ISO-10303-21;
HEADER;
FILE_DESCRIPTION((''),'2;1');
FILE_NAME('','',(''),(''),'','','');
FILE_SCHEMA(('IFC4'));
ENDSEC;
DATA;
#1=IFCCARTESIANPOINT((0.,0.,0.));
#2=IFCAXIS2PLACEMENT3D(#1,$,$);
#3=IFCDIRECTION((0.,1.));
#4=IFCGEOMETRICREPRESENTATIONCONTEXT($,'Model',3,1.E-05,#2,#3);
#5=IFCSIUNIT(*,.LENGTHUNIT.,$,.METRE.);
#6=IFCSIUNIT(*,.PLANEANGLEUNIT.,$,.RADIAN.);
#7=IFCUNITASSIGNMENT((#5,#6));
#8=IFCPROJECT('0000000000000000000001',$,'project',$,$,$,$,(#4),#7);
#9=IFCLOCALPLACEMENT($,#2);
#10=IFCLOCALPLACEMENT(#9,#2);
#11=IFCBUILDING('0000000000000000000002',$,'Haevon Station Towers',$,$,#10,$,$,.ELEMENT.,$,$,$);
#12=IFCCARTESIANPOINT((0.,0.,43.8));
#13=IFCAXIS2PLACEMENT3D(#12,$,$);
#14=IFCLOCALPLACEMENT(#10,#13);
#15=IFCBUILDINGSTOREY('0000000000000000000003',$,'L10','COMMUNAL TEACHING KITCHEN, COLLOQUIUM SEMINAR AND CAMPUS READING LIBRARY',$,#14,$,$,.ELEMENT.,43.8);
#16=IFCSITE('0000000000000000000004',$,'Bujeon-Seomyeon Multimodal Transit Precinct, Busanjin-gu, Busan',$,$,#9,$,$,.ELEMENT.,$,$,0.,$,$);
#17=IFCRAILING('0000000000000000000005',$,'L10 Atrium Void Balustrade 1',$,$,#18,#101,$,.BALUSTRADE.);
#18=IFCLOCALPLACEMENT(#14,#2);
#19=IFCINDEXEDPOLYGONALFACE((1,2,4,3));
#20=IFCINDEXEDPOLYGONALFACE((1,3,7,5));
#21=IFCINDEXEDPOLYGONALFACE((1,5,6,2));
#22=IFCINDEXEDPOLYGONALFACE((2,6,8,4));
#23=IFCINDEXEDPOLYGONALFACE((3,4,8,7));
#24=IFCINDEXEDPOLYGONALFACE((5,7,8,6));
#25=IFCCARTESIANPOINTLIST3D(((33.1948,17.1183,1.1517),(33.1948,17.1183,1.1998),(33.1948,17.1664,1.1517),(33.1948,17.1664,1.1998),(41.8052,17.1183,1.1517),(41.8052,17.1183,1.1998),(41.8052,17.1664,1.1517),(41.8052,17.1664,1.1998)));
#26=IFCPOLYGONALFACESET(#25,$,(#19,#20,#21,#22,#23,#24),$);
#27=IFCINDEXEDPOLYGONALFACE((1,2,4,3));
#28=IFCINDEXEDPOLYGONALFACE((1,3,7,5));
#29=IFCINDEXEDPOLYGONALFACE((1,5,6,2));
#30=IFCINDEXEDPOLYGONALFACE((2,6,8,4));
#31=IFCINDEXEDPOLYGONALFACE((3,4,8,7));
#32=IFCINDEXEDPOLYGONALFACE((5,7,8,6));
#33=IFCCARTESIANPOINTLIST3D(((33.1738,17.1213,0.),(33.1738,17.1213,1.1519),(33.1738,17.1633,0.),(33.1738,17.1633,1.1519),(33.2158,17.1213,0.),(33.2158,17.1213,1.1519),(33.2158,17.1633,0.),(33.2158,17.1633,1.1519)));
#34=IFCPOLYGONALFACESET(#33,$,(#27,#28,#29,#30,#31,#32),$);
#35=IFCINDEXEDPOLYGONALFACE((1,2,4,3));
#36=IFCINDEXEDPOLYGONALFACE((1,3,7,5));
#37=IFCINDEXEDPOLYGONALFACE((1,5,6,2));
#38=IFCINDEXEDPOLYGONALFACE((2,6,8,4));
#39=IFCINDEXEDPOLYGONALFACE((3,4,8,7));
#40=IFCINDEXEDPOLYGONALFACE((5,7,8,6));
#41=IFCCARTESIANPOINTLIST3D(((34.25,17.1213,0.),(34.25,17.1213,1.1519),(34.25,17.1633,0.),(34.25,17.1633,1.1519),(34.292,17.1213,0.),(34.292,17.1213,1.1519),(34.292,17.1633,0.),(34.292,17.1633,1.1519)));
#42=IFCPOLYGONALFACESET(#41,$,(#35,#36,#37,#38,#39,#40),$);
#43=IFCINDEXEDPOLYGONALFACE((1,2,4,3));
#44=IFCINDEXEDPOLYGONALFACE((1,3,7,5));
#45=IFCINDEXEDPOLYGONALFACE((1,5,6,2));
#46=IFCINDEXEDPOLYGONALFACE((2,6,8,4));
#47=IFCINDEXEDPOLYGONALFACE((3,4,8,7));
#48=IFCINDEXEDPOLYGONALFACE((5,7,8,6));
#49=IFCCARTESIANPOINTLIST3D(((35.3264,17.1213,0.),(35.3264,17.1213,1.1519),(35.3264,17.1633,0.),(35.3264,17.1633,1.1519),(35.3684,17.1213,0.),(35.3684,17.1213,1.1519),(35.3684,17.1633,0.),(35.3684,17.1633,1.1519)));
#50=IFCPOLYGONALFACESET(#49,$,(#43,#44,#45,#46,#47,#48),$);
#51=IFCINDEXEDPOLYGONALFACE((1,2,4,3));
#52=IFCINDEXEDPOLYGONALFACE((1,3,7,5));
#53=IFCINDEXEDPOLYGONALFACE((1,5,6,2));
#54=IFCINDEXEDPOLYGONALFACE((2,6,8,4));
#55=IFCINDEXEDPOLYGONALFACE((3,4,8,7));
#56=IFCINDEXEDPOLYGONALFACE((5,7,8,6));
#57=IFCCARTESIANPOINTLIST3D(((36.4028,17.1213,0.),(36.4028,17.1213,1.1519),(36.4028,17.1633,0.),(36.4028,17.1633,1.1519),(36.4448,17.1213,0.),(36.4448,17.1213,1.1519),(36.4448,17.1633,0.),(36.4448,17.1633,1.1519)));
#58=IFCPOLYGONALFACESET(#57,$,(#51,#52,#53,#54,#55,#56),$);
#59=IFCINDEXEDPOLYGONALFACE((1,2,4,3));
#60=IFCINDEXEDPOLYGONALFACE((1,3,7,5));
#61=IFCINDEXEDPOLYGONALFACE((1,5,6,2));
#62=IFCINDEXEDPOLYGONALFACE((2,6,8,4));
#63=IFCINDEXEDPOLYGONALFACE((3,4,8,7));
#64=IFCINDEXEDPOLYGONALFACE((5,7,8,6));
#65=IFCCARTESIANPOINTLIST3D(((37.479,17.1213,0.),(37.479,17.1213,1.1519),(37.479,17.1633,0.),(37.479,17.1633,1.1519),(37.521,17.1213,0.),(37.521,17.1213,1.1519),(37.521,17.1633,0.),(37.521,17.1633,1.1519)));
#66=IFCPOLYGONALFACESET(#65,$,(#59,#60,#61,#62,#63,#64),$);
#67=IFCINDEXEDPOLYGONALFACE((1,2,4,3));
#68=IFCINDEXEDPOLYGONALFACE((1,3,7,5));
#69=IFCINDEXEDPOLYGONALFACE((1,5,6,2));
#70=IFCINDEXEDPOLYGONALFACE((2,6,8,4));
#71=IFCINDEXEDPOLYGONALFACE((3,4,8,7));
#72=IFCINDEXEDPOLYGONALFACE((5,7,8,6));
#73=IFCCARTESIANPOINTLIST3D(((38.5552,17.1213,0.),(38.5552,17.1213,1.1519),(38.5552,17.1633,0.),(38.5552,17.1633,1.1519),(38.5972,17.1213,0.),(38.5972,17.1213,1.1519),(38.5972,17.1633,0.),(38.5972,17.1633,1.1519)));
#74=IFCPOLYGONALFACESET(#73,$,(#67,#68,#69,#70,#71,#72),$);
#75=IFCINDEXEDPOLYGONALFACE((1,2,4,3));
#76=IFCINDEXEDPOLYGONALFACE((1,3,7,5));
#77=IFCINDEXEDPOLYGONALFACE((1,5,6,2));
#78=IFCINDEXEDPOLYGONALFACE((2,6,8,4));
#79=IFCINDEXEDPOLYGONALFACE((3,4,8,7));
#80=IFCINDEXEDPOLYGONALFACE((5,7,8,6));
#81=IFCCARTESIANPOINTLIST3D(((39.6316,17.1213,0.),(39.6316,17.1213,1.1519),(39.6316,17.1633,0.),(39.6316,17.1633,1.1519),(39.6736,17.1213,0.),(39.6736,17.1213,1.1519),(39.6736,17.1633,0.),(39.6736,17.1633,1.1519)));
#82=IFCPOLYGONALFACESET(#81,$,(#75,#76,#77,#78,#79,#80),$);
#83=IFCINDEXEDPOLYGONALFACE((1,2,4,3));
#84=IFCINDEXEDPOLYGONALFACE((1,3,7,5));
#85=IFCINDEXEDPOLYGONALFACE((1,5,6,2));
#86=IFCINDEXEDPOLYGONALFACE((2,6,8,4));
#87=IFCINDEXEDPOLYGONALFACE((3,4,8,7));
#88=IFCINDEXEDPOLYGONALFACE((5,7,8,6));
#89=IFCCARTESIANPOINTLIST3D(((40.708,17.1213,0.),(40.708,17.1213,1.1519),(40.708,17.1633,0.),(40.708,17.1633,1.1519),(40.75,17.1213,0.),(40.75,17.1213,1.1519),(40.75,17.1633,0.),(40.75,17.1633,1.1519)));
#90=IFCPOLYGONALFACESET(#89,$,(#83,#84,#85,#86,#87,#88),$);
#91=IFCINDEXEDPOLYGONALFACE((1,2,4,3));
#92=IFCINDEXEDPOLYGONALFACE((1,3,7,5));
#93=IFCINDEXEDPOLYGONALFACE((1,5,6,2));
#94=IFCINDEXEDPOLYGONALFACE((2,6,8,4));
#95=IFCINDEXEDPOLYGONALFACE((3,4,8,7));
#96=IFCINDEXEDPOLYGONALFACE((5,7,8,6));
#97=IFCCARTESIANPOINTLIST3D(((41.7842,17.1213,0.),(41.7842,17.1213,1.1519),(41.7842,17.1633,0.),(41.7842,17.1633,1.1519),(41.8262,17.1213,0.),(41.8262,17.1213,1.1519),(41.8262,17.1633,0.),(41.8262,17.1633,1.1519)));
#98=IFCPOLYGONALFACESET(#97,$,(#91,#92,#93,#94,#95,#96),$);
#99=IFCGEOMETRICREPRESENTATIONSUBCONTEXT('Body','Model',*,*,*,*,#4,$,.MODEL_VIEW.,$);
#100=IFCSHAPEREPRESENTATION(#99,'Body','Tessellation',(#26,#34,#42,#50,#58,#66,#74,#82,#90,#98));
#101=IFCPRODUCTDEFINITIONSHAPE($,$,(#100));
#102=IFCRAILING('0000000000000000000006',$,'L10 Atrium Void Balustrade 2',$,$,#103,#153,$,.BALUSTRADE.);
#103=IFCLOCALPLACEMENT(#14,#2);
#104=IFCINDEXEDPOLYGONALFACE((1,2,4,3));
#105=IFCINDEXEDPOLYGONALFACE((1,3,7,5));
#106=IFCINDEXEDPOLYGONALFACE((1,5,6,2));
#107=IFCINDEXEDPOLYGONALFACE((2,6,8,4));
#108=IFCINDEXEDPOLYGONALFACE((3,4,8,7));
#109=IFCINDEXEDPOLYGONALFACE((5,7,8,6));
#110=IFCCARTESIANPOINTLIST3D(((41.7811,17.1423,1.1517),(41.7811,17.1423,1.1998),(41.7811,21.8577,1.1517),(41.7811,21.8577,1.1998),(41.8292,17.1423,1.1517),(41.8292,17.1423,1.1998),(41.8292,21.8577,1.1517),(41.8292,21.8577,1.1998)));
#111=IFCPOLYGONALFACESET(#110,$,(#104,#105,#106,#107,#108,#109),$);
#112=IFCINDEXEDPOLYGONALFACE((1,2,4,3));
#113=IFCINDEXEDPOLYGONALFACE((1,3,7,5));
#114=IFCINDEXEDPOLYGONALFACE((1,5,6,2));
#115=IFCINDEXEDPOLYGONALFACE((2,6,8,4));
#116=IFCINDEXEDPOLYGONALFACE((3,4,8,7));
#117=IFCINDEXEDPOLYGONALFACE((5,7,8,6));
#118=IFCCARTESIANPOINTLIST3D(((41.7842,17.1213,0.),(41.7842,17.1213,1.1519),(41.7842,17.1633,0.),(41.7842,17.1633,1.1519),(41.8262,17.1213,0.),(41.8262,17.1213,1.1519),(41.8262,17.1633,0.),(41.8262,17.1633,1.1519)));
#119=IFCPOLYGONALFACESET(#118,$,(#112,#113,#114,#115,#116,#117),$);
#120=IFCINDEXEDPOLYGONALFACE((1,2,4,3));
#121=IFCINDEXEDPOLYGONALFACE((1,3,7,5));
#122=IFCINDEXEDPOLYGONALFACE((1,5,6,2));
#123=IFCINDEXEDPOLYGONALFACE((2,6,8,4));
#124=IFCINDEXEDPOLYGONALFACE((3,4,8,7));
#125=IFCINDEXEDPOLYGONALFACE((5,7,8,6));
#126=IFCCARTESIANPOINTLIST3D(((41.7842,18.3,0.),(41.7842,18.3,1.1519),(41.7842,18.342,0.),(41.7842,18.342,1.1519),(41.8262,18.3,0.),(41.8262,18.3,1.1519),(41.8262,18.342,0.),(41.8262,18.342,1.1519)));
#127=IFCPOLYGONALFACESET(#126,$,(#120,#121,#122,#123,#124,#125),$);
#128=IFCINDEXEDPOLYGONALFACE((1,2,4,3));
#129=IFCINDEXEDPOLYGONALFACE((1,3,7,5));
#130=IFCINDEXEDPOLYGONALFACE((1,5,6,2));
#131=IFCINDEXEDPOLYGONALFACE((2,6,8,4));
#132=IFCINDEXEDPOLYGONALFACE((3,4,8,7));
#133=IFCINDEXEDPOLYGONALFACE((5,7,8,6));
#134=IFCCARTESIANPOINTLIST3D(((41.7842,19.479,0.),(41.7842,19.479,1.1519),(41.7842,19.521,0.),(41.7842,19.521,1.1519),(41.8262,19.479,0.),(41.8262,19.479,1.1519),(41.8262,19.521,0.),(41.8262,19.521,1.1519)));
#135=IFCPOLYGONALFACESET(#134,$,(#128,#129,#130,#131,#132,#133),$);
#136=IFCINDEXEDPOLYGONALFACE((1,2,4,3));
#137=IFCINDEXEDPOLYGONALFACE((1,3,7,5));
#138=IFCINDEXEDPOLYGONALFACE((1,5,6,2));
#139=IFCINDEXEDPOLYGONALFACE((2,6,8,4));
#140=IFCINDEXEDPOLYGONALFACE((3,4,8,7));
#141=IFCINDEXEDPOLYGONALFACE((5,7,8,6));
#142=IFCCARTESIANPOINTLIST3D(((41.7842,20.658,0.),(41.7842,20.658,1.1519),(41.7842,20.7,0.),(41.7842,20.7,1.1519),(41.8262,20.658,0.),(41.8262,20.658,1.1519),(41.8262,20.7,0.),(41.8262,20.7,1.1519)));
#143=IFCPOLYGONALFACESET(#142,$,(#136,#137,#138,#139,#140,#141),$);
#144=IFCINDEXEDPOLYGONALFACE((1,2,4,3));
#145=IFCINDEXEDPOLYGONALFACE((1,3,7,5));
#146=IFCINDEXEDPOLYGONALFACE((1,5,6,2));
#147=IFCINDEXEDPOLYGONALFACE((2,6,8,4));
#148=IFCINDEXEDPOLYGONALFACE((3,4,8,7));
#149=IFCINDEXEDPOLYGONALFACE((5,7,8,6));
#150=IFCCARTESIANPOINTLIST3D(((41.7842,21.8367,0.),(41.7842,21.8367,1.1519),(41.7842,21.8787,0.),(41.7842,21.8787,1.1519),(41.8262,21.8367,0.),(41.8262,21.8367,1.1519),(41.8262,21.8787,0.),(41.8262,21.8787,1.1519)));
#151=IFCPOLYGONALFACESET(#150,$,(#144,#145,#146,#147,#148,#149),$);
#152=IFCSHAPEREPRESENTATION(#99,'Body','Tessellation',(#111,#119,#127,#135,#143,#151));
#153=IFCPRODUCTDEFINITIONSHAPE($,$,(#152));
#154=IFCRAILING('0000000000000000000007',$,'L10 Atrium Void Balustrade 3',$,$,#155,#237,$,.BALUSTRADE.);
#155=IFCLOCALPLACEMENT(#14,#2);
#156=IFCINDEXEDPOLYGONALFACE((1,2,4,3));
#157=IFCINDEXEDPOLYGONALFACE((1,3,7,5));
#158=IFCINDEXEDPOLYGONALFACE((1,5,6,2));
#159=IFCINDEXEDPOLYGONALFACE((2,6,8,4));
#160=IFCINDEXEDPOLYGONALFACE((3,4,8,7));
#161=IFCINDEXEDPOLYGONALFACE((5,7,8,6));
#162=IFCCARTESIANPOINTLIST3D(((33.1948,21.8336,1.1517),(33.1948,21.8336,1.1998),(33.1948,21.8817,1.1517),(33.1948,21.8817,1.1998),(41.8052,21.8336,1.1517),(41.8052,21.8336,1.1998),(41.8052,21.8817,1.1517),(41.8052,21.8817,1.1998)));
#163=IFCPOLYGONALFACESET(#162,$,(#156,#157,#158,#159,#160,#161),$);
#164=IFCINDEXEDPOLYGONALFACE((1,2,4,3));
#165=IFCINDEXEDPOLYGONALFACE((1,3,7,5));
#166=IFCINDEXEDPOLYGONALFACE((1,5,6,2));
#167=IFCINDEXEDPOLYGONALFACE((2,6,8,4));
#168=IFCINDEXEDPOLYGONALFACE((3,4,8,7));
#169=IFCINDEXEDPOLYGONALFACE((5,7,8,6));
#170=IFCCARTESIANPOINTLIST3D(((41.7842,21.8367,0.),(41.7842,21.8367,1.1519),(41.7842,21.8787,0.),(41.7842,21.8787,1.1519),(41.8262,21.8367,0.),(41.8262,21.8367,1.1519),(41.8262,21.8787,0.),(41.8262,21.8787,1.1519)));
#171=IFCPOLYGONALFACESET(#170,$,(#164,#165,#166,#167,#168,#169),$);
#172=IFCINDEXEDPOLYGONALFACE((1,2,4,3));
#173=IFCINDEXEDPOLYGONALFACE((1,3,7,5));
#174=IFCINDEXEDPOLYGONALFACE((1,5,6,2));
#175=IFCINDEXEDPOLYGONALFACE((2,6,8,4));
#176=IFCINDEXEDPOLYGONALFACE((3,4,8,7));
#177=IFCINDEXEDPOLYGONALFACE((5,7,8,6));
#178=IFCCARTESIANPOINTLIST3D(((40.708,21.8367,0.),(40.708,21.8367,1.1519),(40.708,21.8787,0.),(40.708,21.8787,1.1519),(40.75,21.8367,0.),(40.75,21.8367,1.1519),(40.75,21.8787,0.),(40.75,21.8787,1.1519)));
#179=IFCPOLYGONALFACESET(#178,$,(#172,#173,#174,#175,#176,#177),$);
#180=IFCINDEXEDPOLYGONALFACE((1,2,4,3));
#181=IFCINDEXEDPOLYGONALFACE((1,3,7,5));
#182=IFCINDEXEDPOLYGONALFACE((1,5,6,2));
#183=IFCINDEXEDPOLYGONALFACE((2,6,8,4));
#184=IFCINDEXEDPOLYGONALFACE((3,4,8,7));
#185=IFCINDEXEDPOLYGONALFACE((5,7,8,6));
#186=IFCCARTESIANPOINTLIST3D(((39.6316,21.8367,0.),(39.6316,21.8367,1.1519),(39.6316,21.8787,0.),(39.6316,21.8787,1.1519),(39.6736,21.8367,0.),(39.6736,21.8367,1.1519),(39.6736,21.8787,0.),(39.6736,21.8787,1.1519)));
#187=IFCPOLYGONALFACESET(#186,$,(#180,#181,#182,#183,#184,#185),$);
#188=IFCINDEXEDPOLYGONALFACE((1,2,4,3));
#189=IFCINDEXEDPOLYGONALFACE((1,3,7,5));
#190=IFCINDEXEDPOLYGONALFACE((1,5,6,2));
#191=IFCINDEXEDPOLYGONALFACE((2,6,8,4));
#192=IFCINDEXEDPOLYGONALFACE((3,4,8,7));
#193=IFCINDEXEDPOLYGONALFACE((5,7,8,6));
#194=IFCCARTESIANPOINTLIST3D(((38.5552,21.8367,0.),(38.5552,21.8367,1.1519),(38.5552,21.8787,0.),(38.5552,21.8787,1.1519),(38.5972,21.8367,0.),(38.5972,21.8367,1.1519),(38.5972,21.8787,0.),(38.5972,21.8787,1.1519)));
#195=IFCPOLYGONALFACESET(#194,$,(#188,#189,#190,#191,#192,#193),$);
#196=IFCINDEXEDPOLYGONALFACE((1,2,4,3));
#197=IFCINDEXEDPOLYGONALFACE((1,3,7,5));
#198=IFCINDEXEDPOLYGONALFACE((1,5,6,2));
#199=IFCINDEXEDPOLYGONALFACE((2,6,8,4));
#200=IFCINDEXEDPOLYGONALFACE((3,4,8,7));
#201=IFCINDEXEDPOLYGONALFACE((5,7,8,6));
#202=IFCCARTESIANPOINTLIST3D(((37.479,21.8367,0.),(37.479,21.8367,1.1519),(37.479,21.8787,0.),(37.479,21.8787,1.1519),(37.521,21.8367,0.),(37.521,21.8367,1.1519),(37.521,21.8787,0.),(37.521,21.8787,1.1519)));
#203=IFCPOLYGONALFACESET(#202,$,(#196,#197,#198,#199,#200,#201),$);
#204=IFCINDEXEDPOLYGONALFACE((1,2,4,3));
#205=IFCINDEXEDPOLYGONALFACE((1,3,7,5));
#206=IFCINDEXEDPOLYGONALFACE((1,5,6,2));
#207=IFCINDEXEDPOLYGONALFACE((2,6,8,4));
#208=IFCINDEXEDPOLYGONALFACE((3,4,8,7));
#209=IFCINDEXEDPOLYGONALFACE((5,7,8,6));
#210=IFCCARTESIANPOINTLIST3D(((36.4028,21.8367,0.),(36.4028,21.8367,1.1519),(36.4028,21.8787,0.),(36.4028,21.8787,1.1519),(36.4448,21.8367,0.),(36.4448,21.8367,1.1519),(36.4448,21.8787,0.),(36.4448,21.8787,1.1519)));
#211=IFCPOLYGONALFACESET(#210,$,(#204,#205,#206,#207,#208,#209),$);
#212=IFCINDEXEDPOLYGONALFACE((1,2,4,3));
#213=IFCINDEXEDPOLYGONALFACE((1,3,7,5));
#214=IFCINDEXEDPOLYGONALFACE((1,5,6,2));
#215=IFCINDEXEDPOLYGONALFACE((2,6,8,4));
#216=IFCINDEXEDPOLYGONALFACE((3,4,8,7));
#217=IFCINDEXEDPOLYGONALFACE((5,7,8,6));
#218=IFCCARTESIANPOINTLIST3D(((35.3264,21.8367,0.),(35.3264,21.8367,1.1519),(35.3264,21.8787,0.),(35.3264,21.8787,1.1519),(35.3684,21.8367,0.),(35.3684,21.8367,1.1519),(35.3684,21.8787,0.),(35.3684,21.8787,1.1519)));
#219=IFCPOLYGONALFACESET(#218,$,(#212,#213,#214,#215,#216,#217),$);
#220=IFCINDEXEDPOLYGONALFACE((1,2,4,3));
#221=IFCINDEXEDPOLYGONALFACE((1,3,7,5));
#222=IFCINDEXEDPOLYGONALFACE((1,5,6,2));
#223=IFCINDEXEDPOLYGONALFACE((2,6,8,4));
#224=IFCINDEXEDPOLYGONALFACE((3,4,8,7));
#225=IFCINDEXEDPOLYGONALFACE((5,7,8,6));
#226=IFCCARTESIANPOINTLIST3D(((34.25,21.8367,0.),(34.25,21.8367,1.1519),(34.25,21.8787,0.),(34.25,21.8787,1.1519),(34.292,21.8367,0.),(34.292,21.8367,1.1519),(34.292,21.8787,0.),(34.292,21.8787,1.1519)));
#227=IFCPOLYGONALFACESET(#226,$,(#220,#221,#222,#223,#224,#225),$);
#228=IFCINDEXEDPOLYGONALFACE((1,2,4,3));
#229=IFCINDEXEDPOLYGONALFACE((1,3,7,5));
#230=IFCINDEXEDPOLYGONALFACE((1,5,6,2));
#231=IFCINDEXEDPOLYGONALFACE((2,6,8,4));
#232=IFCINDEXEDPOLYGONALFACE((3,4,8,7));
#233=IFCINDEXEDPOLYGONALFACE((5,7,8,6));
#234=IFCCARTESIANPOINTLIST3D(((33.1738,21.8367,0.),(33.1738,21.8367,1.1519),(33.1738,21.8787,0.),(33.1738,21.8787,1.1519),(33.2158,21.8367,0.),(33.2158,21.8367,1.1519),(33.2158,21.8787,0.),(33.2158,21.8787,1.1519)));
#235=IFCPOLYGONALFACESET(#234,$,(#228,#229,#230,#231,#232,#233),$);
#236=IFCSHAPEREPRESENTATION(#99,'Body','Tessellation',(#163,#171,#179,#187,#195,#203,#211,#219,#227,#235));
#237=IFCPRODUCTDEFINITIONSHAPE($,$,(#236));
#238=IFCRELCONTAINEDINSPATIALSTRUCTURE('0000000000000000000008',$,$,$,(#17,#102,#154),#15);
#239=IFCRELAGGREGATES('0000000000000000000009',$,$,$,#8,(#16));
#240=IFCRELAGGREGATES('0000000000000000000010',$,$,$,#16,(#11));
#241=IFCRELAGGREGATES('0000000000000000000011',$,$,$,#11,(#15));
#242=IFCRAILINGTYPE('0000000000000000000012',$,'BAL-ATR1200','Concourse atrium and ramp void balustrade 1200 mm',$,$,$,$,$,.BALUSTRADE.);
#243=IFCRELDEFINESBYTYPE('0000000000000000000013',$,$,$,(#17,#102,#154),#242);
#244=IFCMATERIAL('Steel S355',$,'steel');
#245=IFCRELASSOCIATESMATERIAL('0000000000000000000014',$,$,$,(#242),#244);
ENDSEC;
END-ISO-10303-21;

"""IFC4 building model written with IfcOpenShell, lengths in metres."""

from ifc_helpers import new_model, si_unit, direction, frame, origin, origin_2d, place, context, subcontext, project, spatial, rectangle, extrude, material, type_object, element, save


model = new_model("IFC4")

# Units and contexts
model_context = context("Model", 3, precision=1e-05, world=origin(), true_north=direction((0.0, 1.0)))
body_context = subcontext(model_context, "Body", "Model", "MODEL_VIEW")
ifc_project = project(units=[si_unit("LENGTHUNIT", "METRE"), si_unit("PLANEANGLEUNIT", "RADIAN")], contexts=[model_context])

# Site, building, storey
site_placement = place(None, origin())
site = spatial("IfcSite", under=ifc_project, at=site_placement, Name="Bujeon-Seomyeon Multimodal Transit Precinct, Busanjin-gu, Busan", CompositionType="ELEMENT", RefElevation=0.0)
building_placement = place(site_placement, origin())
building = spatial("IfcBuilding", under=site, at=building_placement, Name="Haevon Station Towers", CompositionType="ELEMENT")
storey_placement = place(building_placement, frame((0.0, 0.0, 43.8)))
storey = spatial("IfcBuildingStorey", under=building, at=storey_placement, Name="L10", Description="COMMUNAL TEACHING KITCHEN, COLLOQUIUM SEMINAR AND CAMPUS READING LIBRARY", CompositionType="ELEMENT", Elevation=43.8)

# Shared definitions
ifc_material_1 = material(Name="Steel S355", Category="steel")

# Railings
railing_type = type_object("IfcRailingType", Name="BAL-ATR1200", Description="Concourse atrium and ramp void balustrade 1200 mm", PredefinedType="BALUSTRADE", material=ifc_material_1)
railing_1_placement = place(storey_placement, frame((33.1948, 17.1423, 0.0)))
element("IfcRailing", 1, at=railing_1_placement, inside=storey, type_object=railing_type, Name="L10 Atrium Void Balustrade 1", PredefinedType="BALUSTRADE", context=body_context, shape_type="SweptSolid", body=[
    extrude(rectangle(XDim=0.0481, YDim=0.0481, at=origin_2d()), frame((0.0, 0.0, 1.1758), z_axis=(1.0, 0.0, 0.0), x_axis=(0.0, 1.0, 0.0)), (0.0, 0.0, 1.0), 8.6104),
    extrude(rectangle(XDim=0.042, YDim=0.042, at=origin_2d()), origin(), (0.0, 0.0, 1.0), 1.1519),
    extrude(rectangle(XDim=0.042, YDim=0.042, at=origin_2d()), frame((1.0762, 0.0, 0.0)), (0.0, 0.0, 1.0), 1.1519),
    extrude(rectangle(XDim=0.042, YDim=0.042, at=origin_2d()), frame((2.1526, 0.0, 0.0)), (0.0, 0.0, 1.0), 1.1519),
    extrude(rectangle(XDim=0.042, YDim=0.042, at=origin_2d()), frame((3.229, 0.0, 0.0)), (0.0, 0.0, 1.0), 1.1519),
    extrude(rectangle(XDim=0.042, YDim=0.042, at=origin_2d()), frame((4.3052, 0.0, 0.0)), (0.0, 0.0, 1.0), 1.1519),
    extrude(rectangle(XDim=0.042, YDim=0.042, at=origin_2d()), frame((5.3813, 0.0, 0.0)), (0.0, 0.0, 1.0), 1.1519),
    extrude(rectangle(XDim=0.042, YDim=0.042, at=origin_2d()), frame((6.4578, 0.0, 0.0)), (0.0, 0.0, 1.0), 1.1519),
    extrude(rectangle(XDim=0.042, YDim=0.042, at=origin_2d()), frame((7.5342, 0.0, 0.0)), (0.0, 0.0, 1.0), 1.1519),
    extrude(rectangle(XDim=0.042, YDim=0.042, at=origin_2d()), frame((8.6104, 0.0, 0.0)), (0.0, 0.0, 1.0), 1.1519),
])
railing_2_placement = place(storey_placement, frame((41.8052, 17.1423, 0.0)))
element("IfcRailing", 2, at=railing_2_placement, inside=storey, type_object=railing_type, Name="L10 Atrium Void Balustrade 2", PredefinedType="BALUSTRADE", context=body_context, shape_type="SweptSolid", body=[
    extrude(rectangle(XDim=0.0481, YDim=0.0481, at=origin_2d()), frame((0.0, 0.0, 1.1758), z_axis=(0.0, 1.0, 0.0), x_axis=(-1.0, 0.0, 0.0)), (0.0, 0.0, 1.0), 4.7153),
    extrude(rectangle(XDim=0.042, YDim=0.042, at=origin_2d()), origin(), (0.0, 0.0, 1.0), 1.1519),
    extrude(rectangle(XDim=0.042, YDim=0.042, at=origin_2d()), frame((0.0, 1.1787, 0.0)), (0.0, 0.0, 1.0), 1.1519),
    extrude(rectangle(XDim=0.042, YDim=0.042, at=origin_2d()), frame((0.0, 2.3577, 0.0)), (0.0, 0.0, 1.0), 1.1519),
    extrude(rectangle(XDim=0.042, YDim=0.042, at=origin_2d()), frame((0.0, 3.5366, 0.0)), (0.0, 0.0, 1.0), 1.1519),
    extrude(rectangle(XDim=0.042, YDim=0.042, at=origin_2d()), frame((0.0, 4.7153, 0.0)), (0.0, 0.0, 1.0), 1.1519),
])
railing_3_placement = place(storey_placement, frame((41.8052, 21.8577, 0.0)))
element("IfcRailing", 3, at=railing_3_placement, inside=storey, type_object=railing_type, Name="L10 Atrium Void Balustrade 3", PredefinedType="BALUSTRADE", context=body_context, shape_type="SweptSolid", body=[
    extrude(rectangle(XDim=0.0481, YDim=0.0481, at=origin_2d()), frame((0.0, 0.0, 1.1758), z_axis=(-1.0, 0.0, 0.0), x_axis=(0.0, -1.0, 0.0)), (0.0, 0.0, 1.0), 8.6104),
    extrude(rectangle(XDim=0.042, YDim=0.042, at=origin_2d()), origin(), (0.0, 0.0, 1.0), 1.1519),
    extrude(rectangle(XDim=0.042, YDim=0.042, at=origin_2d()), frame((-1.0762, 0.0, 0.0)), (0.0, 0.0, 1.0), 1.1519),
    extrude(rectangle(XDim=0.042, YDim=0.042, at=origin_2d()), frame((-2.1526, 0.0, 0.0)), (0.0, 0.0, 1.0), 1.1519),
    extrude(rectangle(XDim=0.042, YDim=0.042, at=origin_2d()), frame((-3.229, 0.0, 0.0)), (0.0, 0.0, 1.0), 1.1519),
    extrude(rectangle(XDim=0.042, YDim=0.042, at=origin_2d()), frame((-4.3052, 0.0, 0.0)), (0.0, 0.0, 1.0), 1.1519),
    extrude(rectangle(XDim=0.042, YDim=0.042, at=origin_2d()), frame((-5.3813, 0.0, 0.0)), (0.0, 0.0, 1.0), 1.1519),
    extrude(rectangle(XDim=0.042, YDim=0.042, at=origin_2d()), frame((-6.4578, 0.0, 0.0)), (0.0, 0.0, 1.0), 1.1519),
    extrude(rectangle(XDim=0.042, YDim=0.042, at=origin_2d()), frame((-7.5342, 0.0, 0.0)), (0.0, 0.0, 1.0), 1.1519),
    extrude(rectangle(XDim=0.042, YDim=0.042, at=origin_2d()), frame((-8.6104, 0.0, 0.0)), (0.0, 0.0, 1.0), 1.1519),
])

save(model, "model.ifc")
